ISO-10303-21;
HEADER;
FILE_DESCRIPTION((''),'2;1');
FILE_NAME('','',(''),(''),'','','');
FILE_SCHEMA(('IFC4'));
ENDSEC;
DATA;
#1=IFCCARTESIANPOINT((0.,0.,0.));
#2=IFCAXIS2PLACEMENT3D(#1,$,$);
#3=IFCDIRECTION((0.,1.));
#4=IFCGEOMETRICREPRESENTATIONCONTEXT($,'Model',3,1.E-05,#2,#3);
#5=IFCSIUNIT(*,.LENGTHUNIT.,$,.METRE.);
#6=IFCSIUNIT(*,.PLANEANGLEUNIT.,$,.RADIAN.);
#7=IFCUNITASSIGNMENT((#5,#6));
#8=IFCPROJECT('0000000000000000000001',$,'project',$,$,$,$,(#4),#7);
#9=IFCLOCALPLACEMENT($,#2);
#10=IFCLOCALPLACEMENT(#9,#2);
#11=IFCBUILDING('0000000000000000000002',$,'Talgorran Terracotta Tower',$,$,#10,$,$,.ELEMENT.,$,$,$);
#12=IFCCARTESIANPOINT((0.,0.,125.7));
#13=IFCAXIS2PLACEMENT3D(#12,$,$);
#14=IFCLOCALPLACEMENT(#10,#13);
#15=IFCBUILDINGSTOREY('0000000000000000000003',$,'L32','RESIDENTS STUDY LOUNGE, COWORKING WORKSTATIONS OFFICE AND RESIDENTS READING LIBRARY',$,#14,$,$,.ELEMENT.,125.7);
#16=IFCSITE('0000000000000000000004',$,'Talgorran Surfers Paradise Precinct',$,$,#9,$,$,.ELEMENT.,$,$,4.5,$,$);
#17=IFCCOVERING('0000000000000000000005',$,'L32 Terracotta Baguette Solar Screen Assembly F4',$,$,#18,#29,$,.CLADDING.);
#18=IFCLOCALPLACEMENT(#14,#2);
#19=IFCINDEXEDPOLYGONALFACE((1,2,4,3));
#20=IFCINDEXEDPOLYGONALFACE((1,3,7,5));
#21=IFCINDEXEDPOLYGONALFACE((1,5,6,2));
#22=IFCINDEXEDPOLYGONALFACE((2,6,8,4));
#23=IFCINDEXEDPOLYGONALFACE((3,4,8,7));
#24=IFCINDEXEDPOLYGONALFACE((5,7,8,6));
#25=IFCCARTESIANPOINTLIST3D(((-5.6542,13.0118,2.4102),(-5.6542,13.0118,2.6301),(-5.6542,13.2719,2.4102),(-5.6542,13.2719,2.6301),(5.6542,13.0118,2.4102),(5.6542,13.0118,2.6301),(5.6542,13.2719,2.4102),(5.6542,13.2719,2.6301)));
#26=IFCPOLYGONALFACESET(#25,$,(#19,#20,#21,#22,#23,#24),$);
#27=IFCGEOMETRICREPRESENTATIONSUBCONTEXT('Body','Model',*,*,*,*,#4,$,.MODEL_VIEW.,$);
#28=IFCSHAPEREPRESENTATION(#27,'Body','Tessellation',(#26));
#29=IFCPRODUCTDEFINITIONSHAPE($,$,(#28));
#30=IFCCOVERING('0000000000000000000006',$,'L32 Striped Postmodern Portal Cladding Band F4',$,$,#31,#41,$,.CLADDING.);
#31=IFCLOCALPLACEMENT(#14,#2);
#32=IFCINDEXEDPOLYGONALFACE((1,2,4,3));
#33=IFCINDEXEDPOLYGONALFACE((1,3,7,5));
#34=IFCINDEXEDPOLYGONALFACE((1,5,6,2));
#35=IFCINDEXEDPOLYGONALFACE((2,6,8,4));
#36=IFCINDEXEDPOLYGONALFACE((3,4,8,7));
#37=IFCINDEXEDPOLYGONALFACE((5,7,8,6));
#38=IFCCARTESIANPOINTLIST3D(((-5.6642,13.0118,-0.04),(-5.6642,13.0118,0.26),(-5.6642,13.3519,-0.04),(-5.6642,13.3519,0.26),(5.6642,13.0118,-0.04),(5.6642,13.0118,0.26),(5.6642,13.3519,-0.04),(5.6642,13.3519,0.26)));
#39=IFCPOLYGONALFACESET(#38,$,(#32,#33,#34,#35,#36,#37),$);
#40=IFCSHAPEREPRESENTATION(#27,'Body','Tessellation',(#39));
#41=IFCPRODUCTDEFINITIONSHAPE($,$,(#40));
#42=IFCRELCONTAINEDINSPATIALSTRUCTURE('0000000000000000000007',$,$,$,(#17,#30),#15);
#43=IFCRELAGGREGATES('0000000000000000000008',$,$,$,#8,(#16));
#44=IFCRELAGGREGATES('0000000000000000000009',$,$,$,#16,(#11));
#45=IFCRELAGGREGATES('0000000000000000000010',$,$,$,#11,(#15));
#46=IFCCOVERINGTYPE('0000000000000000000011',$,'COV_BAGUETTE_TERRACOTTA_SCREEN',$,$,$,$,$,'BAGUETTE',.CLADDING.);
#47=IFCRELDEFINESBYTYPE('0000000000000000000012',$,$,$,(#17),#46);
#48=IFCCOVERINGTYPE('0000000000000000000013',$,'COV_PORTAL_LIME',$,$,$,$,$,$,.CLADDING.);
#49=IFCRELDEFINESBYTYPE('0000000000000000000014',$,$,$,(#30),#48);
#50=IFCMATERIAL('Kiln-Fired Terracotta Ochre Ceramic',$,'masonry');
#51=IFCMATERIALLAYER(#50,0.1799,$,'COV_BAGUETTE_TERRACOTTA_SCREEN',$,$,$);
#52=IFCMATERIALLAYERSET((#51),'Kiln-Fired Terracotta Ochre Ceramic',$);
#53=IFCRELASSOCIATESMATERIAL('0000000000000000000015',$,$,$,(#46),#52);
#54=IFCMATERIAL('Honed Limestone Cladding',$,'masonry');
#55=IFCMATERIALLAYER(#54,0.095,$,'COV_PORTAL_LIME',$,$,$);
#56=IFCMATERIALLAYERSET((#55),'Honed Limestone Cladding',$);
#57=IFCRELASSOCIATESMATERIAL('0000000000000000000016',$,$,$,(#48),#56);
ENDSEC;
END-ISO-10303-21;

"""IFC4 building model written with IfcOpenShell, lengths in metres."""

from ifc_helpers import new_model, si_unit, direction, frame, origin, origin_2d, place, context, subcontext, project, spatial, rectangle, extrude, material, layer, layer_set, type_object, element, save


model = new_model("IFC4")

# Units and contexts
model_context = context("Model", 3, precision=1e-05, world=origin(), true_north=direction((0.0, 1.0)))
body_context = subcontext(model_context, "Body", "Model", "MODEL_VIEW")
ifc_project = project(units=[si_unit("LENGTHUNIT", "METRE"), si_unit("PLANEANGLEUNIT", "RADIAN")], contexts=[model_context])

# Site, building, storey
site_placement = place(None, origin())
site = spatial("IfcSite", under=ifc_project, at=site_placement, Name="Talgorran Surfers Paradise Precinct", CompositionType="ELEMENT", RefElevation=4.5)
building_placement = place(site_placement, origin())
building = spatial("IfcBuilding", under=site, at=building_placement, Name="Talgorran Terracotta Tower", CompositionType="ELEMENT")
storey_placement = place(building_placement, frame((0.0, 0.0, 125.7)))
storey = spatial("IfcBuildingStorey", under=building, at=storey_placement, Name="L32", Description="RESIDENTS STUDY LOUNGE, COWORKING WORKSTATIONS OFFICE AND RESIDENTS READING LIBRARY", CompositionType="ELEMENT", Elevation=125.7)

# Coverings
ifc_material_1 = material(Name="Kiln-Fired Terracotta Ochre Ceramic", Category="masonry")
ifc_layer_1 = layer(ifc_material_1, 0.1799, Name="COV_BAGUETTE_TERRACOTTA_SCREEN")
ifc_layer_set_1 = layer_set([ifc_layer_1], Name="Kiln-Fired Terracotta Ochre Ceramic")
covering_type_1 = type_object("IfcCoveringType", Name="COV_BAGUETTE_TERRACOTTA_SCREEN", ElementType="BAGUETTE", PredefinedType="CLADDING", material=ifc_layer_set_1)
covering_1_placement = place(storey_placement, frame((0.0, 13.1418, 2.4102), z_axis=(0.0, 0.0, 1.0), x_axis=(-1.0, 0.0, 0.0)))
element("IfcCovering", 1, at=covering_1_placement, inside=storey, type_object=covering_type_1, Name="L32 Terracotta Baguette Solar Screen Assembly F4", PredefinedType="CLADDING", context=body_context, shape_type="SweptSolid", body=[
    extrude(rectangle(XDim=11.3083, YDim=0.26, at=origin_2d()), origin(), (0.0, 0.0, 1.0), 0.22),
])
ifc_material_2 = material(Name="Honed Limestone Cladding", Category="masonry")
ifc_layer_2 = layer(ifc_material_2, 0.095, Name="COV_PORTAL_LIME")
ifc_layer_set_2 = layer_set([ifc_layer_2], Name="Honed Limestone Cladding")
covering_type_2 = type_object("IfcCoveringType", Name="COV_PORTAL_LIME", PredefinedType="CLADDING", material=ifc_layer_set_2)
covering_2_placement = place(storey_placement, frame((0.0, 13.1819, -0.04), z_axis=(0.0, 0.0, 1.0), x_axis=(-1.0, 0.0, 0.0)))
element("IfcCovering", 2, at=covering_2_placement, inside=storey, type_object=covering_type_2, Name="L32 Striped Postmodern Portal Cladding Band F4", PredefinedType="CLADDING", context=body_context, shape_type="SweptSolid", body=[
    extrude(rectangle(XDim=11.3284, YDim=0.3401, at=origin_2d()), origin(), (0.0, 0.0, 1.0), 0.3),
])

save(model, "model.ifc")
